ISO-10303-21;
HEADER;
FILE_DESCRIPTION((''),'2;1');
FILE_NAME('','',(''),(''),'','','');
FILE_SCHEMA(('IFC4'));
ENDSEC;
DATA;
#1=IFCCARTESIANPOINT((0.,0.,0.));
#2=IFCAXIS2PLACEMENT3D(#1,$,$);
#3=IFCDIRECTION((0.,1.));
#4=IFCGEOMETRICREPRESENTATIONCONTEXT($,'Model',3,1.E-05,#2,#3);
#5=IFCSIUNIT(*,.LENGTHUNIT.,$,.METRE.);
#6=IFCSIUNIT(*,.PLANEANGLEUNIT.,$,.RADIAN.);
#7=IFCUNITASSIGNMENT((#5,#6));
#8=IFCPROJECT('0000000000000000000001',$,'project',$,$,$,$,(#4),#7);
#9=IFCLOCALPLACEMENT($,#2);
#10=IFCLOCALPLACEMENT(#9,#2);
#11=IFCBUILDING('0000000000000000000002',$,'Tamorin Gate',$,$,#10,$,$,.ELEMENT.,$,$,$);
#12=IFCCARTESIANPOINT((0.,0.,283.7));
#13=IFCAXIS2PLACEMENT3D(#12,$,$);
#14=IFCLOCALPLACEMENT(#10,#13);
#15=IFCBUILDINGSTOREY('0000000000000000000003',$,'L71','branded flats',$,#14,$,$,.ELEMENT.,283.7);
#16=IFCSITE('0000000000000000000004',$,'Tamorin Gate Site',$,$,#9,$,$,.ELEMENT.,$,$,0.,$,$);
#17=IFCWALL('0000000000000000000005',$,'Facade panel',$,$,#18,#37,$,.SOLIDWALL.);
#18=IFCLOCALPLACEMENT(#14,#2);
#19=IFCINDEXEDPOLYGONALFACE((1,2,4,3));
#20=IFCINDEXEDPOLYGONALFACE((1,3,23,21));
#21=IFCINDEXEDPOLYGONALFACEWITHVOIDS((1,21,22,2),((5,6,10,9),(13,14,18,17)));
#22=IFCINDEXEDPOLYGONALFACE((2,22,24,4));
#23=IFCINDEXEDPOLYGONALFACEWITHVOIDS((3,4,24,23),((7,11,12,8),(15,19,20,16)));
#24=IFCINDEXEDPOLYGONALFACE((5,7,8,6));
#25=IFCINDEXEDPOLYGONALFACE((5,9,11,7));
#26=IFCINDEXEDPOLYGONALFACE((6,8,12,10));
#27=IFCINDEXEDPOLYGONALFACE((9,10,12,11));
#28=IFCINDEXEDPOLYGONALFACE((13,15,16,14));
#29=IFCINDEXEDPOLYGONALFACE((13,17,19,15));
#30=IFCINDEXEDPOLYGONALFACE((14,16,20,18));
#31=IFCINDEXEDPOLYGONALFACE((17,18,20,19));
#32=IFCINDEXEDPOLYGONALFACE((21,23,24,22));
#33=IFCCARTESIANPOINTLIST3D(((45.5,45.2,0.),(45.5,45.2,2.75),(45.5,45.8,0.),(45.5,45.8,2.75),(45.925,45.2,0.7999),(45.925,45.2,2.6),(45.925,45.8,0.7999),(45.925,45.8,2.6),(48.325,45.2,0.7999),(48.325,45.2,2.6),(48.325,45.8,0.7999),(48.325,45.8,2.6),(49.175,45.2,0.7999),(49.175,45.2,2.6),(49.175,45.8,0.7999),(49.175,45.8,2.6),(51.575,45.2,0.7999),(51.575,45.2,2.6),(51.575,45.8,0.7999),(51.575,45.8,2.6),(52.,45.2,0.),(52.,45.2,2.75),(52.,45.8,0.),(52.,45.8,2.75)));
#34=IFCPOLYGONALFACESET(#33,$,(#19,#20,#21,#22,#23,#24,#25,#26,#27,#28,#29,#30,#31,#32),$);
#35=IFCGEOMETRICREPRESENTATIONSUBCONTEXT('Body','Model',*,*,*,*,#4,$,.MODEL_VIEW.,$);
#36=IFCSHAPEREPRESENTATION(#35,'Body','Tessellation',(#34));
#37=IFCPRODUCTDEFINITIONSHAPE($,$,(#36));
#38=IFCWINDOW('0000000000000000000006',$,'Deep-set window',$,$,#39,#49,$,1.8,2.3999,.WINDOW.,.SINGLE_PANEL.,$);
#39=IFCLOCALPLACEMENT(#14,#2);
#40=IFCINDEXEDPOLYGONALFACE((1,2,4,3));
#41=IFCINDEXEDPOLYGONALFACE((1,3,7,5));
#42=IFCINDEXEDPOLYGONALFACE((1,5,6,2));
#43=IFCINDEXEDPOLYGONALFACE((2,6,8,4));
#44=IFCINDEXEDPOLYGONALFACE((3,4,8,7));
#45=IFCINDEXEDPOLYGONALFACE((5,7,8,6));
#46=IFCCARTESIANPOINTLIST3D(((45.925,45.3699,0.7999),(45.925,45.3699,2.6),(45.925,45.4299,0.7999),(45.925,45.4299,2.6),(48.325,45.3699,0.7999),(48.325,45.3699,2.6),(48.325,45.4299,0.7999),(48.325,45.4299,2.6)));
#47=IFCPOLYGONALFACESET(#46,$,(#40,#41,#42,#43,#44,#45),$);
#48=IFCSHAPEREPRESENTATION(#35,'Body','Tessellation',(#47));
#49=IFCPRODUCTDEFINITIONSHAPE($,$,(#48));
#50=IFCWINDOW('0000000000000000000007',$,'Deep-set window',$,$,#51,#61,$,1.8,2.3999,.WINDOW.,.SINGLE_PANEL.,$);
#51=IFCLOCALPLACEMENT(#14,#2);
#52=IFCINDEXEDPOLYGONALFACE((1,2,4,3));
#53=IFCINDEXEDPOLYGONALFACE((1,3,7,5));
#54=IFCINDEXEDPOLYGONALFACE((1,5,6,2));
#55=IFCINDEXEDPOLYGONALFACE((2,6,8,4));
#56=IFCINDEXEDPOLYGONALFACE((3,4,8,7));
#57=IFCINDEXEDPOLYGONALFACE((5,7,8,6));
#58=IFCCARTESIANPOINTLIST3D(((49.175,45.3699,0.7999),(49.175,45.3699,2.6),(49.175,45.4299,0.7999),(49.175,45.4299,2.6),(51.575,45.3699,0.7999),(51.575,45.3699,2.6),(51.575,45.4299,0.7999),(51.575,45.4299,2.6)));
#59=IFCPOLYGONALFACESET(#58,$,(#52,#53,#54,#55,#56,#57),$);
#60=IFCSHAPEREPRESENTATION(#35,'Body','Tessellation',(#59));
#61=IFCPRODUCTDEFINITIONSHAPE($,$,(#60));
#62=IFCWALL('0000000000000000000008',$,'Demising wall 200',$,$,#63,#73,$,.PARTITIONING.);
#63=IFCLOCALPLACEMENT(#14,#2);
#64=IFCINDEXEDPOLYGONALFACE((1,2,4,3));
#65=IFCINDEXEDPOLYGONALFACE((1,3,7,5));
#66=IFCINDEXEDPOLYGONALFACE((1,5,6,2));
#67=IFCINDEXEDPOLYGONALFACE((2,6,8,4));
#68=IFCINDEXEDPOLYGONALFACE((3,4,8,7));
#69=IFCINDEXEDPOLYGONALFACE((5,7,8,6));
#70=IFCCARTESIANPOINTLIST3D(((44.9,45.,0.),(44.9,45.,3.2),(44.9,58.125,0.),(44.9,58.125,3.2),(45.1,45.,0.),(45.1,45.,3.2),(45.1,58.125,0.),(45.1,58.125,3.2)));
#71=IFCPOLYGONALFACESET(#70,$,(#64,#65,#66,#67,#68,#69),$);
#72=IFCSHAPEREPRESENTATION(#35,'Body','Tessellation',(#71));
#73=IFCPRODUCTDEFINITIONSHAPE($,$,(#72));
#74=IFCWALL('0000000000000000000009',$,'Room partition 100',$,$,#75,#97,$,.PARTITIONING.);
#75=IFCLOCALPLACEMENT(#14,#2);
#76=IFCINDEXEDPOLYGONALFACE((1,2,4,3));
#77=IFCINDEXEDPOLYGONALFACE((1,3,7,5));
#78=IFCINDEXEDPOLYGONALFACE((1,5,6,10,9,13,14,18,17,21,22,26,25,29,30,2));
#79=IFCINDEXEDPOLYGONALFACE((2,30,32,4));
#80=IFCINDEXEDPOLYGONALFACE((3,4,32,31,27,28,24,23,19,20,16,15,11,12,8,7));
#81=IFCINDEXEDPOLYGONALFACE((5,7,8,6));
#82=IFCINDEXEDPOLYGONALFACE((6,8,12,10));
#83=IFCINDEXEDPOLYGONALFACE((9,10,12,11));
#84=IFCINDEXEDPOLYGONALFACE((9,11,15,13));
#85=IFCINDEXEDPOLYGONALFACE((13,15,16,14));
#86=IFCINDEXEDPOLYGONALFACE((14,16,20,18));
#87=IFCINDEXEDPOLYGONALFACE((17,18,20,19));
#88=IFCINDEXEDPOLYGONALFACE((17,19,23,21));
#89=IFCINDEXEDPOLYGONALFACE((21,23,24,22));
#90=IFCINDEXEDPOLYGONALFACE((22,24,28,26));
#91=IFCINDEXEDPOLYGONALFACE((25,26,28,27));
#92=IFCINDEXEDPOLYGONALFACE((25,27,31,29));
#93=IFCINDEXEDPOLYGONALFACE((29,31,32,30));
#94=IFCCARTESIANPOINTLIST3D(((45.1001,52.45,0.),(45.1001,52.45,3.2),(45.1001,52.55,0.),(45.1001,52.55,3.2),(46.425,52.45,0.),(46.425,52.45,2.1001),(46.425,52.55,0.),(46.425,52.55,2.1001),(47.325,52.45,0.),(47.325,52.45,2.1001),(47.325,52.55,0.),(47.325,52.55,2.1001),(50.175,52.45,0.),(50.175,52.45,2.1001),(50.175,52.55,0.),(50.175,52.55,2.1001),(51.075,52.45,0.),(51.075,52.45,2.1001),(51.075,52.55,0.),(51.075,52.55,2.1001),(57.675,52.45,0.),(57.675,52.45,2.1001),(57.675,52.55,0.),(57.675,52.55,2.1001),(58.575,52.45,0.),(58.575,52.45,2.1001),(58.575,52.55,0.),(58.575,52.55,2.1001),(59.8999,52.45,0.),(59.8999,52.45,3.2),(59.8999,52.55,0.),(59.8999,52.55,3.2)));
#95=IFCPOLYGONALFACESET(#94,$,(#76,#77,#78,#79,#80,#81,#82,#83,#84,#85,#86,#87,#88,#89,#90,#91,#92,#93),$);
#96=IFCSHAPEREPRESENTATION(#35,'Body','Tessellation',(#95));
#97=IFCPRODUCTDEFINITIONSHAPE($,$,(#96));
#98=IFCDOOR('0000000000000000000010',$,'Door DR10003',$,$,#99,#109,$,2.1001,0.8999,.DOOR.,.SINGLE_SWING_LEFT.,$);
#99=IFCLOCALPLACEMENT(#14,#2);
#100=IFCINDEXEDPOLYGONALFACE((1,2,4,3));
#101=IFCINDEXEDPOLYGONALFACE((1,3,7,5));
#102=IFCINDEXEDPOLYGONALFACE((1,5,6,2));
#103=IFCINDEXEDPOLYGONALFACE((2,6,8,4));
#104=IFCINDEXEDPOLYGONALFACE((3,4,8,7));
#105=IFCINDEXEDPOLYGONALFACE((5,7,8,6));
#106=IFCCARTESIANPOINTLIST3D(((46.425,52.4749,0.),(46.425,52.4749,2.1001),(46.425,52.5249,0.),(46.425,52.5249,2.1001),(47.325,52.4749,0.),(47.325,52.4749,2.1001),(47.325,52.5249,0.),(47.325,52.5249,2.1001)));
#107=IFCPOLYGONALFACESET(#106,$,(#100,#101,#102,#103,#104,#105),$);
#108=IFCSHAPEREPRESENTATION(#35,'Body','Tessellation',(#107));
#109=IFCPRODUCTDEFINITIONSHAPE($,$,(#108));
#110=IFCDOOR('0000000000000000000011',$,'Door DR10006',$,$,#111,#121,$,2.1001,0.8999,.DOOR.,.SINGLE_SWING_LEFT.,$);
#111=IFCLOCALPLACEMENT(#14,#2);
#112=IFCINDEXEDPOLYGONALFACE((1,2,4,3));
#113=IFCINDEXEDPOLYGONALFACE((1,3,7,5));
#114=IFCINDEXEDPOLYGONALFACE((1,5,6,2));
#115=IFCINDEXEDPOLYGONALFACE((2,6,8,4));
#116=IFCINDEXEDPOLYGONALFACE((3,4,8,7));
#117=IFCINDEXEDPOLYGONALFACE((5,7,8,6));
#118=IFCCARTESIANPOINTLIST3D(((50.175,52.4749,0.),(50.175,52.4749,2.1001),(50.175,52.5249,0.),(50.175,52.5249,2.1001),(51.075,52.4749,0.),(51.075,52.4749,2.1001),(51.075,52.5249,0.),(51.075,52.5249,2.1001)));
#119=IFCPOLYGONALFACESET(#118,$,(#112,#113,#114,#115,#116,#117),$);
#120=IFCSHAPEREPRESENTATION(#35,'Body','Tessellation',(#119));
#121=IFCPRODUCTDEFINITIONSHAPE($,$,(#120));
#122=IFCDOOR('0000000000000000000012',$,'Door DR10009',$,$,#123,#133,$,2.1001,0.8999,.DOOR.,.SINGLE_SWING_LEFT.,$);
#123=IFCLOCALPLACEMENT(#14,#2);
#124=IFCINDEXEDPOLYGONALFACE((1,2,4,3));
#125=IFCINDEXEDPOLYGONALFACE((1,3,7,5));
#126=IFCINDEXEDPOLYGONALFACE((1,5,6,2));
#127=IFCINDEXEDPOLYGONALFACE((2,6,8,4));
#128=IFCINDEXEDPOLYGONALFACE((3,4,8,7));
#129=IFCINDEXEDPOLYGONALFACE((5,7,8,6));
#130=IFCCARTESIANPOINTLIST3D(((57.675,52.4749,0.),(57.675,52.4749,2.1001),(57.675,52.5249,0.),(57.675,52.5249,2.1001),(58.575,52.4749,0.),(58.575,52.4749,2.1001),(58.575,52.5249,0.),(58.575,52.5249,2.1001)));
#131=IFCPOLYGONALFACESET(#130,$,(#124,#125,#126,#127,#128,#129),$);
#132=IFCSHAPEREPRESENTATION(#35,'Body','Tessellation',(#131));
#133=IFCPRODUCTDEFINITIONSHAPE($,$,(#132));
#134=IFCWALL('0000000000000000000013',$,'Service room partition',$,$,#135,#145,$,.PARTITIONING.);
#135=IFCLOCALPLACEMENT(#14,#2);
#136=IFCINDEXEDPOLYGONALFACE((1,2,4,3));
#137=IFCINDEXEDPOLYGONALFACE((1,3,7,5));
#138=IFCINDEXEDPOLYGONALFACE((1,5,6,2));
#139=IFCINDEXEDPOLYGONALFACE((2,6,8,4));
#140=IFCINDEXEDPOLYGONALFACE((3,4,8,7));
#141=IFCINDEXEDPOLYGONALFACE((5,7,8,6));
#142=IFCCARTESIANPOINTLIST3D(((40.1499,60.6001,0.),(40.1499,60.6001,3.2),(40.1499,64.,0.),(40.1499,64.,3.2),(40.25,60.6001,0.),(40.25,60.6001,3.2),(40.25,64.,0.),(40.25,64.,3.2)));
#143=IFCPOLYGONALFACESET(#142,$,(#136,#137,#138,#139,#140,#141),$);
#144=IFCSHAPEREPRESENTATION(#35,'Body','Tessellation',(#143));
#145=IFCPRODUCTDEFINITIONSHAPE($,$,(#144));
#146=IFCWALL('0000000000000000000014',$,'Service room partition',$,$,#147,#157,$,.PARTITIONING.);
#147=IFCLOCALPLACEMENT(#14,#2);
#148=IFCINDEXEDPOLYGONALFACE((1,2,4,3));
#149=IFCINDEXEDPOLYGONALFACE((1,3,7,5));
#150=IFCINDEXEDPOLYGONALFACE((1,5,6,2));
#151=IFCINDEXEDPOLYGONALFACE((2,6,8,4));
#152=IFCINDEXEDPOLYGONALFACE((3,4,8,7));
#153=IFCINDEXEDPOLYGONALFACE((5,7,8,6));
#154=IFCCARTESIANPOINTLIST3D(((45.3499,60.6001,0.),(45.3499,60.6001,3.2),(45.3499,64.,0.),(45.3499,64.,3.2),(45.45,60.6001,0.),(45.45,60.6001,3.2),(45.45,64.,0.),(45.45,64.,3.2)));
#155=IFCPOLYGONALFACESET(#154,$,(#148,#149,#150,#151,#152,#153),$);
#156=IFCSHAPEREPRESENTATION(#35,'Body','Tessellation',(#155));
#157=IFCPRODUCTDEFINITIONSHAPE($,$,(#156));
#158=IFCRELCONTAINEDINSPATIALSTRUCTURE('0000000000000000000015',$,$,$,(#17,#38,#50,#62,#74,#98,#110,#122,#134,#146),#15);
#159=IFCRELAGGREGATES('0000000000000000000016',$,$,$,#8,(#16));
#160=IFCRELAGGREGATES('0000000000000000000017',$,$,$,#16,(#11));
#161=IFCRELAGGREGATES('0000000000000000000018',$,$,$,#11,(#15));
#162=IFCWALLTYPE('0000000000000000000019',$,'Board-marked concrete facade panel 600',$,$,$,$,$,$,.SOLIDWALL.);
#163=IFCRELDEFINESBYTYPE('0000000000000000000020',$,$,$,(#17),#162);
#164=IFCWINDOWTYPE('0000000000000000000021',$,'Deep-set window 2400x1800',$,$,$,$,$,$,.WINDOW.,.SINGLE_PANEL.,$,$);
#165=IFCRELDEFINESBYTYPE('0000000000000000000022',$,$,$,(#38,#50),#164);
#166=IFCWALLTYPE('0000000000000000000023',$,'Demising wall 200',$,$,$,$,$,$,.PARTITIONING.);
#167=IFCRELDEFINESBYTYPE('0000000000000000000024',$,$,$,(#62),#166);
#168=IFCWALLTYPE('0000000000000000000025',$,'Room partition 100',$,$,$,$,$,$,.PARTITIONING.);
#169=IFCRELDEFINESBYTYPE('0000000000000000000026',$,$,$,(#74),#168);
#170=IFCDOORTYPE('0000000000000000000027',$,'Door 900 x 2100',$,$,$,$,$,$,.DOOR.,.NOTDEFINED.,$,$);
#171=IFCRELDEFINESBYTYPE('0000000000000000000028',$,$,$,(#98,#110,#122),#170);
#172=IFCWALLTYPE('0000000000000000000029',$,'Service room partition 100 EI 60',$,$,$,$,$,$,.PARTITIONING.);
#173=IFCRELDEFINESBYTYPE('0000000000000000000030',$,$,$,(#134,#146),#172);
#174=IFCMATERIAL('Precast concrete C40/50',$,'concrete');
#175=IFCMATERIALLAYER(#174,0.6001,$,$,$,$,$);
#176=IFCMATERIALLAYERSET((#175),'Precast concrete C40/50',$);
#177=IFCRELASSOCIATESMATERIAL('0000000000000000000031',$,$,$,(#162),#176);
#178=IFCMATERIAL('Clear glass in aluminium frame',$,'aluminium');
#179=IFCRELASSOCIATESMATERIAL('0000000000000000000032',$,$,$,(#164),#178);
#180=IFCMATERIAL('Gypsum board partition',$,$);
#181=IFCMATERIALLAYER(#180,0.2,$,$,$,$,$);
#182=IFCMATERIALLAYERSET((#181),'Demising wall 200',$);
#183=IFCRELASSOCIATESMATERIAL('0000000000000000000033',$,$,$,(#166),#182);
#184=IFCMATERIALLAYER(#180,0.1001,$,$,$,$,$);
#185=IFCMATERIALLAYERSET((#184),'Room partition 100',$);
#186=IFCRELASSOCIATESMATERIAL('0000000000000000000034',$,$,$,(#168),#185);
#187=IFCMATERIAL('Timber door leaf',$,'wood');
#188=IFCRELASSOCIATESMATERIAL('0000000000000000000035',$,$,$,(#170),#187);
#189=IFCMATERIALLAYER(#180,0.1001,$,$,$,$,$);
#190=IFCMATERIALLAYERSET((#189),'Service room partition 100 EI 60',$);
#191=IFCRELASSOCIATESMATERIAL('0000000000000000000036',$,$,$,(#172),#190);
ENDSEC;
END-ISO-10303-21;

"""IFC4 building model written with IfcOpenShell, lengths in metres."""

from ifc_helpers import new_model, si_unit, direction, frame, frame_2d, origin, place, context, subcontext, project, spatial, rectangle, extrude, material, layer, layer_set, type_object, element, fill, save


model = new_model("IFC4")

# Units and contexts
model_context = context("Model", 3, precision=1e-05, world=origin(), true_north=direction((0.0, 1.0)))
body_context = subcontext(model_context, "Body", "Model", "MODEL_VIEW")
ifc_project = project(units=[si_unit("LENGTHUNIT", "METRE"), si_unit("PLANEANGLEUNIT", "RADIAN")], contexts=[model_context])

# Site, building, storey
site_placement = place(None, origin())
site = spatial("IfcSite", under=ifc_project, at=site_placement, Name="Tamorin Gate Site", CompositionType="ELEMENT", RefElevation=0.0)
building_placement = place(site_placement, origin())
building = spatial("IfcBuilding", under=site, at=building_placement, Name="Tamorin Gate", CompositionType="ELEMENT")
storey_placement = place(building_placement, frame((0.0, 0.0, 283.7)))
storey = spatial("IfcBuildingStorey", under=building, at=storey_placement, Name="L71", Description="branded flats", CompositionType="ELEMENT", Elevation=283.7)

# Wall, openings, windows
ifc_material_1 = material(Name="Precast concrete C40/50", Category="concrete")
ifc_layer_1 = layer(ifc_material_1, 0.6001)
ifc_layer_set_1 = layer_set([ifc_layer_1], Name="Precast concrete C40/50")
wall_type_1 = type_object("IfcWallType", Name="Board-marked concrete facade panel 600", PredefinedType="SOLIDWALL", material=ifc_layer_set_1)
ifc_material_2 = material(Name="Clear glass in aluminium frame", Category="aluminium")
window_type = type_object("IfcWindowType", Name="Deep-set window 2400x1800", PartitioningType="SINGLE_PANEL", PredefinedType="WINDOW", material=ifc_material_2)
wall_1_placement = place(storey_placement, frame((45.5, 45.5, 0.0), z_axis=(0.0, 0.0, 1.0), x_axis=(1.0, 0.0, 0.0)))
wall_1 = element("IfcWall", 1, at=wall_1_placement, inside=storey, type_object=wall_type_1, Name="Facade panel", PredefinedType="SOLIDWALL", context=body_context, shape_type="SweptSolid", body=[
    extrude(rectangle(XDim=6.5, YDim=0.6001, at=frame_2d((3.25, 0.0))), origin(), (0.0, 0.0, 1.0), 2.75),
])
opening_1_placement = place(wall_1_placement, frame((0.425, 0.0, 0.8)))
opening_1 = element("IfcOpeningElement", 2, at=opening_1_placement, cuts=wall_1, PredefinedType="OPENING", context=body_context, shape_type="SweptSolid", body=[
    extrude(rectangle(XDim=2.3999, YDim=1.8, at=frame_2d((1.2, 0.8999))), frame((0.0, 0.3101, 0.0), z_axis=(0.0, -1.0, 0.0), x_axis=(1.0, 0.0, 0.0)), (0.0, 0.0, 1.0), 0.6201),
])
opening_2_placement = place(wall_1_placement, frame((3.675, 0.0, 0.8)))
opening_2 = element("IfcOpeningElement", 3, at=opening_2_placement, cuts=wall_1, PredefinedType="OPENING", context=body_context, shape_type="SweptSolid", body=[
    extrude(rectangle(XDim=2.3999, YDim=1.8, at=frame_2d((1.2, 0.8999))), frame((0.0, 0.3101, 0.0), z_axis=(0.0, -1.0, 0.0), x_axis=(1.0, 0.0, 0.0)), (0.0, 0.0, 1.0), 0.6201),
])
window_1_placement = place(opening_1_placement, origin())
window_1 = element("IfcWindow", 4, at=window_1_placement, inside=storey, type_object=window_type, Name="Deep-set window", OverallHeight=1.8, OverallWidth=2.3999, PartitioningType="SINGLE_PANEL", PredefinedType="WINDOW", context=body_context, shape_type="SweptSolid", body=[
    extrude(rectangle(XDim=2.3999, YDim=1.8, at=frame_2d((1.2, 0.8999))), frame((0.0, -0.0701, 0.0), z_axis=(0.0, -1.0, 0.0), x_axis=(1.0, 0.0, 0.0)), (0.0, 0.0, 1.0), 0.0601),
])
fill(opening_1, window_1)
window_2_placement = place(opening_2_placement, origin())
window_2 = element("IfcWindow", 5, at=window_2_placement, inside=storey, type_object=window_type, Name="Deep-set window", OverallHeight=1.8, OverallWidth=2.3999, PartitioningType="SINGLE_PANEL", PredefinedType="WINDOW", context=body_context, shape_type="SweptSolid", body=[
    extrude(rectangle(XDim=2.3999, YDim=1.8, at=frame_2d((1.2, 0.8999))), frame((0.0, -0.0701, 0.0), z_axis=(0.0, -1.0, 0.0), x_axis=(1.0, 0.0, 0.0)), (0.0, 0.0, 1.0), 0.0601),
])
fill(opening_2, window_2)

# Wall
ifc_material_3 = material(Name="Gypsum board partition")
ifc_layer_2 = layer(ifc_material_3, 0.2)
ifc_layer_set_2 = layer_set([ifc_layer_2], Name="Demising wall 200")
wall_type_2 = type_object("IfcWallType", Name="Demising wall 200", PredefinedType="PARTITIONING", material=ifc_layer_set_2)
wall_2_placement = place(storey_placement, frame((45.0, 45.0, 0.0), z_axis=(0.0, 0.0, 1.0), x_axis=(0.0, 1.0, 0.0)))
element("IfcWall", 6, at=wall_2_placement, inside=storey, type_object=wall_type_2, Name="Demising wall 200", PredefinedType="PARTITIONING", context=body_context, shape_type="SweptSolid", body=[
    extrude(rectangle(XDim=13.125, YDim=0.2, at=frame_2d((6.5625, 0.0))), origin(), (0.0, 0.0, 1.0), 3.2),
])

# Wall, openings, doors
ifc_layer_3 = layer(ifc_material_3, 0.1001)
ifc_layer_set_3 = layer_set([ifc_layer_3], Name="Room partition 100")
wall_type_3 = type_object("IfcWallType", Name="Room partition 100", PredefinedType="PARTITIONING", material=ifc_layer_set_3)
wall_3_placement = place(storey_placement, frame((45.1001, 52.5, 0.0), z_axis=(0.0, 0.0, 1.0), x_axis=(1.0, 0.0, 0.0)))
wall_3 = element("IfcWall", 7, at=wall_3_placement, inside=storey, type_object=wall_type_3, Name="Room partition 100", PredefinedType="PARTITIONING", context=body_context, shape_type="SweptSolid", body=[
    extrude(rectangle(XDim=14.7998, YDim=0.1001, at=frame_2d((7.3999, 0.0))), origin(), (0.0, 0.0, 1.0), 3.2),
])
opening_3_placement = place(wall_3_placement, frame((1.325, 0.0, 0.0)))
opening_3 = element("IfcOpeningElement", 8, at=opening_3_placement, cuts=wall_3, PredefinedType="OPENING", context=body_context, shape_type="SweptSolid", body=[
    extrude(rectangle(XDim=0.8999, YDim=2.1001, at=frame_2d((0.45, 1.05))), frame((0.0, 0.0601, 0.0), z_axis=(0.0, -1.0, 0.0), x_axis=(1.0, 0.0, 0.0)), (0.0, 0.0, 1.0), 0.1201),
])
opening_4_placement = place(wall_3_placement, frame((5.075, 0.0, 0.0)))
opening_4 = element("IfcOpeningElement", 9, at=opening_4_placement, cuts=wall_3, PredefinedType="OPENING", context=body_context, shape_type="SweptSolid", body=[
    extrude(rectangle(XDim=0.8999, YDim=2.1001, at=frame_2d((0.45, 1.05))), frame((0.0, 0.0601, 0.0), z_axis=(0.0, -1.0, 0.0), x_axis=(1.0, 0.0, 0.0)), (0.0, 0.0, 1.0), 0.1201),
])
opening_5_placement = place(wall_3_placement, frame((12.575, 0.0, 0.0)))
opening_5 = element("IfcOpeningElement", 10, at=opening_5_placement, cuts=wall_3, PredefinedType="OPENING", context=body_context, shape_type="SweptSolid", body=[
    extrude(rectangle(XDim=0.8999, YDim=2.1001, at=frame_2d((0.45, 1.05))), frame((0.0, 0.0601, 0.0), z_axis=(0.0, -1.0, 0.0), x_axis=(1.0, 0.0, 0.0)), (0.0, 0.0, 1.0), 0.1201),
])
ifc_material_4 = material(Name="Timber door leaf", Category="wood")
door_type = type_object("IfcDoorType", Name="Door 900 x 2100", OperationType="NOTDEFINED", PredefinedType="DOOR", material=ifc_material_4)
door_1_placement = place(opening_3_placement, origin())
door_1 = element("IfcDoor", 11, at=door_1_placement, inside=storey, type_object=door_type, Name="Door DR10003", OperationType="SINGLE_SWING_LEFT", OverallHeight=2.1001, OverallWidth=0.8999, PredefinedType="DOOR", context=body_context, shape_type="SweptSolid", body=[
    extrude(rectangle(XDim=0.8999, YDim=2.1001, at=frame_2d((0.45, 1.05))), frame((0.0, 0.0249, 0.0), z_axis=(0.0, -1.0, 0.0), x_axis=(1.0, 0.0, 0.0)), (0.0, 0.0, 1.0), 0.05),
])
fill(opening_3, door_1)
door_2_placement = place(opening_4_placement, origin())
door_2 = element("IfcDoor", 12, at=door_2_placement, inside=storey, type_object=door_type, Name="Door DR10006", OperationType="SINGLE_SWING_LEFT", OverallHeight=2.1001, OverallWidth=0.8999, PredefinedType="DOOR", context=body_context, shape_type="SweptSolid", body=[
    extrude(rectangle(XDim=0.8999, YDim=2.1001, at=frame_2d((0.45, 1.05))), frame((0.0, 0.0249, 0.0), z_axis=(0.0, -1.0, 0.0), x_axis=(1.0, 0.0, 0.0)), (0.0, 0.0, 1.0), 0.05),
])
fill(opening_4, door_2)
door_3_placement = place(opening_5_placement, origin())
door_3 = element("IfcDoor", 13, at=door_3_placement, inside=storey, type_object=door_type, Name="Door DR10009", OperationType="SINGLE_SWING_LEFT", OverallHeight=2.1001, OverallWidth=0.8999, PredefinedType="DOOR", context=body_context, shape_type="SweptSolid", body=[
    extrude(rectangle(XDim=0.8999, YDim=2.1001, at=frame_2d((0.45, 1.05))), frame((0.0, 0.0249, 0.0), z_axis=(0.0, -1.0, 0.0), x_axis=(1.0, 0.0, 0.0)), (0.0, 0.0, 1.0), 0.05),
])
fill(opening_5, door_3)

# Walls
ifc_layer_4 = layer(ifc_material_3, 0.1001)
ifc_layer_set_4 = layer_set([ifc_layer_4], Name="Service room partition 100 EI 60")
wall_type_4 = type_object("IfcWallType", Name="Service room partition 100 EI 60", PredefinedType="PARTITIONING", material=ifc_layer_set_4)
for number, where, z_axis, x_axis, name in (
    (14, (40.2, 60.6001, 0.0), (0.0, 0.0, 1.0), (0.0, 1.0, 0.0), "Service room partition"),
    (15, (45.3999, 60.6001, 0.0), (0.0, 0.0, 1.0), (0.0, 1.0, 0.0), "Service room partition"),
):
    element("IfcWall", number, at=place(storey_placement, frame(where, z_axis=z_axis, x_axis=x_axis)), inside=storey, type_object=wall_type_4, Name=name, PredefinedType="PARTITIONING", context=body_context, shape_type="SweptSolid", body=[
        extrude(rectangle(XDim=3.3999, YDim=0.1001, at=frame_2d((1.7, 0.0))), origin(), (0.0, 0.0, 1.0), 3.2),
    ])

save(model, "model.ifc")
